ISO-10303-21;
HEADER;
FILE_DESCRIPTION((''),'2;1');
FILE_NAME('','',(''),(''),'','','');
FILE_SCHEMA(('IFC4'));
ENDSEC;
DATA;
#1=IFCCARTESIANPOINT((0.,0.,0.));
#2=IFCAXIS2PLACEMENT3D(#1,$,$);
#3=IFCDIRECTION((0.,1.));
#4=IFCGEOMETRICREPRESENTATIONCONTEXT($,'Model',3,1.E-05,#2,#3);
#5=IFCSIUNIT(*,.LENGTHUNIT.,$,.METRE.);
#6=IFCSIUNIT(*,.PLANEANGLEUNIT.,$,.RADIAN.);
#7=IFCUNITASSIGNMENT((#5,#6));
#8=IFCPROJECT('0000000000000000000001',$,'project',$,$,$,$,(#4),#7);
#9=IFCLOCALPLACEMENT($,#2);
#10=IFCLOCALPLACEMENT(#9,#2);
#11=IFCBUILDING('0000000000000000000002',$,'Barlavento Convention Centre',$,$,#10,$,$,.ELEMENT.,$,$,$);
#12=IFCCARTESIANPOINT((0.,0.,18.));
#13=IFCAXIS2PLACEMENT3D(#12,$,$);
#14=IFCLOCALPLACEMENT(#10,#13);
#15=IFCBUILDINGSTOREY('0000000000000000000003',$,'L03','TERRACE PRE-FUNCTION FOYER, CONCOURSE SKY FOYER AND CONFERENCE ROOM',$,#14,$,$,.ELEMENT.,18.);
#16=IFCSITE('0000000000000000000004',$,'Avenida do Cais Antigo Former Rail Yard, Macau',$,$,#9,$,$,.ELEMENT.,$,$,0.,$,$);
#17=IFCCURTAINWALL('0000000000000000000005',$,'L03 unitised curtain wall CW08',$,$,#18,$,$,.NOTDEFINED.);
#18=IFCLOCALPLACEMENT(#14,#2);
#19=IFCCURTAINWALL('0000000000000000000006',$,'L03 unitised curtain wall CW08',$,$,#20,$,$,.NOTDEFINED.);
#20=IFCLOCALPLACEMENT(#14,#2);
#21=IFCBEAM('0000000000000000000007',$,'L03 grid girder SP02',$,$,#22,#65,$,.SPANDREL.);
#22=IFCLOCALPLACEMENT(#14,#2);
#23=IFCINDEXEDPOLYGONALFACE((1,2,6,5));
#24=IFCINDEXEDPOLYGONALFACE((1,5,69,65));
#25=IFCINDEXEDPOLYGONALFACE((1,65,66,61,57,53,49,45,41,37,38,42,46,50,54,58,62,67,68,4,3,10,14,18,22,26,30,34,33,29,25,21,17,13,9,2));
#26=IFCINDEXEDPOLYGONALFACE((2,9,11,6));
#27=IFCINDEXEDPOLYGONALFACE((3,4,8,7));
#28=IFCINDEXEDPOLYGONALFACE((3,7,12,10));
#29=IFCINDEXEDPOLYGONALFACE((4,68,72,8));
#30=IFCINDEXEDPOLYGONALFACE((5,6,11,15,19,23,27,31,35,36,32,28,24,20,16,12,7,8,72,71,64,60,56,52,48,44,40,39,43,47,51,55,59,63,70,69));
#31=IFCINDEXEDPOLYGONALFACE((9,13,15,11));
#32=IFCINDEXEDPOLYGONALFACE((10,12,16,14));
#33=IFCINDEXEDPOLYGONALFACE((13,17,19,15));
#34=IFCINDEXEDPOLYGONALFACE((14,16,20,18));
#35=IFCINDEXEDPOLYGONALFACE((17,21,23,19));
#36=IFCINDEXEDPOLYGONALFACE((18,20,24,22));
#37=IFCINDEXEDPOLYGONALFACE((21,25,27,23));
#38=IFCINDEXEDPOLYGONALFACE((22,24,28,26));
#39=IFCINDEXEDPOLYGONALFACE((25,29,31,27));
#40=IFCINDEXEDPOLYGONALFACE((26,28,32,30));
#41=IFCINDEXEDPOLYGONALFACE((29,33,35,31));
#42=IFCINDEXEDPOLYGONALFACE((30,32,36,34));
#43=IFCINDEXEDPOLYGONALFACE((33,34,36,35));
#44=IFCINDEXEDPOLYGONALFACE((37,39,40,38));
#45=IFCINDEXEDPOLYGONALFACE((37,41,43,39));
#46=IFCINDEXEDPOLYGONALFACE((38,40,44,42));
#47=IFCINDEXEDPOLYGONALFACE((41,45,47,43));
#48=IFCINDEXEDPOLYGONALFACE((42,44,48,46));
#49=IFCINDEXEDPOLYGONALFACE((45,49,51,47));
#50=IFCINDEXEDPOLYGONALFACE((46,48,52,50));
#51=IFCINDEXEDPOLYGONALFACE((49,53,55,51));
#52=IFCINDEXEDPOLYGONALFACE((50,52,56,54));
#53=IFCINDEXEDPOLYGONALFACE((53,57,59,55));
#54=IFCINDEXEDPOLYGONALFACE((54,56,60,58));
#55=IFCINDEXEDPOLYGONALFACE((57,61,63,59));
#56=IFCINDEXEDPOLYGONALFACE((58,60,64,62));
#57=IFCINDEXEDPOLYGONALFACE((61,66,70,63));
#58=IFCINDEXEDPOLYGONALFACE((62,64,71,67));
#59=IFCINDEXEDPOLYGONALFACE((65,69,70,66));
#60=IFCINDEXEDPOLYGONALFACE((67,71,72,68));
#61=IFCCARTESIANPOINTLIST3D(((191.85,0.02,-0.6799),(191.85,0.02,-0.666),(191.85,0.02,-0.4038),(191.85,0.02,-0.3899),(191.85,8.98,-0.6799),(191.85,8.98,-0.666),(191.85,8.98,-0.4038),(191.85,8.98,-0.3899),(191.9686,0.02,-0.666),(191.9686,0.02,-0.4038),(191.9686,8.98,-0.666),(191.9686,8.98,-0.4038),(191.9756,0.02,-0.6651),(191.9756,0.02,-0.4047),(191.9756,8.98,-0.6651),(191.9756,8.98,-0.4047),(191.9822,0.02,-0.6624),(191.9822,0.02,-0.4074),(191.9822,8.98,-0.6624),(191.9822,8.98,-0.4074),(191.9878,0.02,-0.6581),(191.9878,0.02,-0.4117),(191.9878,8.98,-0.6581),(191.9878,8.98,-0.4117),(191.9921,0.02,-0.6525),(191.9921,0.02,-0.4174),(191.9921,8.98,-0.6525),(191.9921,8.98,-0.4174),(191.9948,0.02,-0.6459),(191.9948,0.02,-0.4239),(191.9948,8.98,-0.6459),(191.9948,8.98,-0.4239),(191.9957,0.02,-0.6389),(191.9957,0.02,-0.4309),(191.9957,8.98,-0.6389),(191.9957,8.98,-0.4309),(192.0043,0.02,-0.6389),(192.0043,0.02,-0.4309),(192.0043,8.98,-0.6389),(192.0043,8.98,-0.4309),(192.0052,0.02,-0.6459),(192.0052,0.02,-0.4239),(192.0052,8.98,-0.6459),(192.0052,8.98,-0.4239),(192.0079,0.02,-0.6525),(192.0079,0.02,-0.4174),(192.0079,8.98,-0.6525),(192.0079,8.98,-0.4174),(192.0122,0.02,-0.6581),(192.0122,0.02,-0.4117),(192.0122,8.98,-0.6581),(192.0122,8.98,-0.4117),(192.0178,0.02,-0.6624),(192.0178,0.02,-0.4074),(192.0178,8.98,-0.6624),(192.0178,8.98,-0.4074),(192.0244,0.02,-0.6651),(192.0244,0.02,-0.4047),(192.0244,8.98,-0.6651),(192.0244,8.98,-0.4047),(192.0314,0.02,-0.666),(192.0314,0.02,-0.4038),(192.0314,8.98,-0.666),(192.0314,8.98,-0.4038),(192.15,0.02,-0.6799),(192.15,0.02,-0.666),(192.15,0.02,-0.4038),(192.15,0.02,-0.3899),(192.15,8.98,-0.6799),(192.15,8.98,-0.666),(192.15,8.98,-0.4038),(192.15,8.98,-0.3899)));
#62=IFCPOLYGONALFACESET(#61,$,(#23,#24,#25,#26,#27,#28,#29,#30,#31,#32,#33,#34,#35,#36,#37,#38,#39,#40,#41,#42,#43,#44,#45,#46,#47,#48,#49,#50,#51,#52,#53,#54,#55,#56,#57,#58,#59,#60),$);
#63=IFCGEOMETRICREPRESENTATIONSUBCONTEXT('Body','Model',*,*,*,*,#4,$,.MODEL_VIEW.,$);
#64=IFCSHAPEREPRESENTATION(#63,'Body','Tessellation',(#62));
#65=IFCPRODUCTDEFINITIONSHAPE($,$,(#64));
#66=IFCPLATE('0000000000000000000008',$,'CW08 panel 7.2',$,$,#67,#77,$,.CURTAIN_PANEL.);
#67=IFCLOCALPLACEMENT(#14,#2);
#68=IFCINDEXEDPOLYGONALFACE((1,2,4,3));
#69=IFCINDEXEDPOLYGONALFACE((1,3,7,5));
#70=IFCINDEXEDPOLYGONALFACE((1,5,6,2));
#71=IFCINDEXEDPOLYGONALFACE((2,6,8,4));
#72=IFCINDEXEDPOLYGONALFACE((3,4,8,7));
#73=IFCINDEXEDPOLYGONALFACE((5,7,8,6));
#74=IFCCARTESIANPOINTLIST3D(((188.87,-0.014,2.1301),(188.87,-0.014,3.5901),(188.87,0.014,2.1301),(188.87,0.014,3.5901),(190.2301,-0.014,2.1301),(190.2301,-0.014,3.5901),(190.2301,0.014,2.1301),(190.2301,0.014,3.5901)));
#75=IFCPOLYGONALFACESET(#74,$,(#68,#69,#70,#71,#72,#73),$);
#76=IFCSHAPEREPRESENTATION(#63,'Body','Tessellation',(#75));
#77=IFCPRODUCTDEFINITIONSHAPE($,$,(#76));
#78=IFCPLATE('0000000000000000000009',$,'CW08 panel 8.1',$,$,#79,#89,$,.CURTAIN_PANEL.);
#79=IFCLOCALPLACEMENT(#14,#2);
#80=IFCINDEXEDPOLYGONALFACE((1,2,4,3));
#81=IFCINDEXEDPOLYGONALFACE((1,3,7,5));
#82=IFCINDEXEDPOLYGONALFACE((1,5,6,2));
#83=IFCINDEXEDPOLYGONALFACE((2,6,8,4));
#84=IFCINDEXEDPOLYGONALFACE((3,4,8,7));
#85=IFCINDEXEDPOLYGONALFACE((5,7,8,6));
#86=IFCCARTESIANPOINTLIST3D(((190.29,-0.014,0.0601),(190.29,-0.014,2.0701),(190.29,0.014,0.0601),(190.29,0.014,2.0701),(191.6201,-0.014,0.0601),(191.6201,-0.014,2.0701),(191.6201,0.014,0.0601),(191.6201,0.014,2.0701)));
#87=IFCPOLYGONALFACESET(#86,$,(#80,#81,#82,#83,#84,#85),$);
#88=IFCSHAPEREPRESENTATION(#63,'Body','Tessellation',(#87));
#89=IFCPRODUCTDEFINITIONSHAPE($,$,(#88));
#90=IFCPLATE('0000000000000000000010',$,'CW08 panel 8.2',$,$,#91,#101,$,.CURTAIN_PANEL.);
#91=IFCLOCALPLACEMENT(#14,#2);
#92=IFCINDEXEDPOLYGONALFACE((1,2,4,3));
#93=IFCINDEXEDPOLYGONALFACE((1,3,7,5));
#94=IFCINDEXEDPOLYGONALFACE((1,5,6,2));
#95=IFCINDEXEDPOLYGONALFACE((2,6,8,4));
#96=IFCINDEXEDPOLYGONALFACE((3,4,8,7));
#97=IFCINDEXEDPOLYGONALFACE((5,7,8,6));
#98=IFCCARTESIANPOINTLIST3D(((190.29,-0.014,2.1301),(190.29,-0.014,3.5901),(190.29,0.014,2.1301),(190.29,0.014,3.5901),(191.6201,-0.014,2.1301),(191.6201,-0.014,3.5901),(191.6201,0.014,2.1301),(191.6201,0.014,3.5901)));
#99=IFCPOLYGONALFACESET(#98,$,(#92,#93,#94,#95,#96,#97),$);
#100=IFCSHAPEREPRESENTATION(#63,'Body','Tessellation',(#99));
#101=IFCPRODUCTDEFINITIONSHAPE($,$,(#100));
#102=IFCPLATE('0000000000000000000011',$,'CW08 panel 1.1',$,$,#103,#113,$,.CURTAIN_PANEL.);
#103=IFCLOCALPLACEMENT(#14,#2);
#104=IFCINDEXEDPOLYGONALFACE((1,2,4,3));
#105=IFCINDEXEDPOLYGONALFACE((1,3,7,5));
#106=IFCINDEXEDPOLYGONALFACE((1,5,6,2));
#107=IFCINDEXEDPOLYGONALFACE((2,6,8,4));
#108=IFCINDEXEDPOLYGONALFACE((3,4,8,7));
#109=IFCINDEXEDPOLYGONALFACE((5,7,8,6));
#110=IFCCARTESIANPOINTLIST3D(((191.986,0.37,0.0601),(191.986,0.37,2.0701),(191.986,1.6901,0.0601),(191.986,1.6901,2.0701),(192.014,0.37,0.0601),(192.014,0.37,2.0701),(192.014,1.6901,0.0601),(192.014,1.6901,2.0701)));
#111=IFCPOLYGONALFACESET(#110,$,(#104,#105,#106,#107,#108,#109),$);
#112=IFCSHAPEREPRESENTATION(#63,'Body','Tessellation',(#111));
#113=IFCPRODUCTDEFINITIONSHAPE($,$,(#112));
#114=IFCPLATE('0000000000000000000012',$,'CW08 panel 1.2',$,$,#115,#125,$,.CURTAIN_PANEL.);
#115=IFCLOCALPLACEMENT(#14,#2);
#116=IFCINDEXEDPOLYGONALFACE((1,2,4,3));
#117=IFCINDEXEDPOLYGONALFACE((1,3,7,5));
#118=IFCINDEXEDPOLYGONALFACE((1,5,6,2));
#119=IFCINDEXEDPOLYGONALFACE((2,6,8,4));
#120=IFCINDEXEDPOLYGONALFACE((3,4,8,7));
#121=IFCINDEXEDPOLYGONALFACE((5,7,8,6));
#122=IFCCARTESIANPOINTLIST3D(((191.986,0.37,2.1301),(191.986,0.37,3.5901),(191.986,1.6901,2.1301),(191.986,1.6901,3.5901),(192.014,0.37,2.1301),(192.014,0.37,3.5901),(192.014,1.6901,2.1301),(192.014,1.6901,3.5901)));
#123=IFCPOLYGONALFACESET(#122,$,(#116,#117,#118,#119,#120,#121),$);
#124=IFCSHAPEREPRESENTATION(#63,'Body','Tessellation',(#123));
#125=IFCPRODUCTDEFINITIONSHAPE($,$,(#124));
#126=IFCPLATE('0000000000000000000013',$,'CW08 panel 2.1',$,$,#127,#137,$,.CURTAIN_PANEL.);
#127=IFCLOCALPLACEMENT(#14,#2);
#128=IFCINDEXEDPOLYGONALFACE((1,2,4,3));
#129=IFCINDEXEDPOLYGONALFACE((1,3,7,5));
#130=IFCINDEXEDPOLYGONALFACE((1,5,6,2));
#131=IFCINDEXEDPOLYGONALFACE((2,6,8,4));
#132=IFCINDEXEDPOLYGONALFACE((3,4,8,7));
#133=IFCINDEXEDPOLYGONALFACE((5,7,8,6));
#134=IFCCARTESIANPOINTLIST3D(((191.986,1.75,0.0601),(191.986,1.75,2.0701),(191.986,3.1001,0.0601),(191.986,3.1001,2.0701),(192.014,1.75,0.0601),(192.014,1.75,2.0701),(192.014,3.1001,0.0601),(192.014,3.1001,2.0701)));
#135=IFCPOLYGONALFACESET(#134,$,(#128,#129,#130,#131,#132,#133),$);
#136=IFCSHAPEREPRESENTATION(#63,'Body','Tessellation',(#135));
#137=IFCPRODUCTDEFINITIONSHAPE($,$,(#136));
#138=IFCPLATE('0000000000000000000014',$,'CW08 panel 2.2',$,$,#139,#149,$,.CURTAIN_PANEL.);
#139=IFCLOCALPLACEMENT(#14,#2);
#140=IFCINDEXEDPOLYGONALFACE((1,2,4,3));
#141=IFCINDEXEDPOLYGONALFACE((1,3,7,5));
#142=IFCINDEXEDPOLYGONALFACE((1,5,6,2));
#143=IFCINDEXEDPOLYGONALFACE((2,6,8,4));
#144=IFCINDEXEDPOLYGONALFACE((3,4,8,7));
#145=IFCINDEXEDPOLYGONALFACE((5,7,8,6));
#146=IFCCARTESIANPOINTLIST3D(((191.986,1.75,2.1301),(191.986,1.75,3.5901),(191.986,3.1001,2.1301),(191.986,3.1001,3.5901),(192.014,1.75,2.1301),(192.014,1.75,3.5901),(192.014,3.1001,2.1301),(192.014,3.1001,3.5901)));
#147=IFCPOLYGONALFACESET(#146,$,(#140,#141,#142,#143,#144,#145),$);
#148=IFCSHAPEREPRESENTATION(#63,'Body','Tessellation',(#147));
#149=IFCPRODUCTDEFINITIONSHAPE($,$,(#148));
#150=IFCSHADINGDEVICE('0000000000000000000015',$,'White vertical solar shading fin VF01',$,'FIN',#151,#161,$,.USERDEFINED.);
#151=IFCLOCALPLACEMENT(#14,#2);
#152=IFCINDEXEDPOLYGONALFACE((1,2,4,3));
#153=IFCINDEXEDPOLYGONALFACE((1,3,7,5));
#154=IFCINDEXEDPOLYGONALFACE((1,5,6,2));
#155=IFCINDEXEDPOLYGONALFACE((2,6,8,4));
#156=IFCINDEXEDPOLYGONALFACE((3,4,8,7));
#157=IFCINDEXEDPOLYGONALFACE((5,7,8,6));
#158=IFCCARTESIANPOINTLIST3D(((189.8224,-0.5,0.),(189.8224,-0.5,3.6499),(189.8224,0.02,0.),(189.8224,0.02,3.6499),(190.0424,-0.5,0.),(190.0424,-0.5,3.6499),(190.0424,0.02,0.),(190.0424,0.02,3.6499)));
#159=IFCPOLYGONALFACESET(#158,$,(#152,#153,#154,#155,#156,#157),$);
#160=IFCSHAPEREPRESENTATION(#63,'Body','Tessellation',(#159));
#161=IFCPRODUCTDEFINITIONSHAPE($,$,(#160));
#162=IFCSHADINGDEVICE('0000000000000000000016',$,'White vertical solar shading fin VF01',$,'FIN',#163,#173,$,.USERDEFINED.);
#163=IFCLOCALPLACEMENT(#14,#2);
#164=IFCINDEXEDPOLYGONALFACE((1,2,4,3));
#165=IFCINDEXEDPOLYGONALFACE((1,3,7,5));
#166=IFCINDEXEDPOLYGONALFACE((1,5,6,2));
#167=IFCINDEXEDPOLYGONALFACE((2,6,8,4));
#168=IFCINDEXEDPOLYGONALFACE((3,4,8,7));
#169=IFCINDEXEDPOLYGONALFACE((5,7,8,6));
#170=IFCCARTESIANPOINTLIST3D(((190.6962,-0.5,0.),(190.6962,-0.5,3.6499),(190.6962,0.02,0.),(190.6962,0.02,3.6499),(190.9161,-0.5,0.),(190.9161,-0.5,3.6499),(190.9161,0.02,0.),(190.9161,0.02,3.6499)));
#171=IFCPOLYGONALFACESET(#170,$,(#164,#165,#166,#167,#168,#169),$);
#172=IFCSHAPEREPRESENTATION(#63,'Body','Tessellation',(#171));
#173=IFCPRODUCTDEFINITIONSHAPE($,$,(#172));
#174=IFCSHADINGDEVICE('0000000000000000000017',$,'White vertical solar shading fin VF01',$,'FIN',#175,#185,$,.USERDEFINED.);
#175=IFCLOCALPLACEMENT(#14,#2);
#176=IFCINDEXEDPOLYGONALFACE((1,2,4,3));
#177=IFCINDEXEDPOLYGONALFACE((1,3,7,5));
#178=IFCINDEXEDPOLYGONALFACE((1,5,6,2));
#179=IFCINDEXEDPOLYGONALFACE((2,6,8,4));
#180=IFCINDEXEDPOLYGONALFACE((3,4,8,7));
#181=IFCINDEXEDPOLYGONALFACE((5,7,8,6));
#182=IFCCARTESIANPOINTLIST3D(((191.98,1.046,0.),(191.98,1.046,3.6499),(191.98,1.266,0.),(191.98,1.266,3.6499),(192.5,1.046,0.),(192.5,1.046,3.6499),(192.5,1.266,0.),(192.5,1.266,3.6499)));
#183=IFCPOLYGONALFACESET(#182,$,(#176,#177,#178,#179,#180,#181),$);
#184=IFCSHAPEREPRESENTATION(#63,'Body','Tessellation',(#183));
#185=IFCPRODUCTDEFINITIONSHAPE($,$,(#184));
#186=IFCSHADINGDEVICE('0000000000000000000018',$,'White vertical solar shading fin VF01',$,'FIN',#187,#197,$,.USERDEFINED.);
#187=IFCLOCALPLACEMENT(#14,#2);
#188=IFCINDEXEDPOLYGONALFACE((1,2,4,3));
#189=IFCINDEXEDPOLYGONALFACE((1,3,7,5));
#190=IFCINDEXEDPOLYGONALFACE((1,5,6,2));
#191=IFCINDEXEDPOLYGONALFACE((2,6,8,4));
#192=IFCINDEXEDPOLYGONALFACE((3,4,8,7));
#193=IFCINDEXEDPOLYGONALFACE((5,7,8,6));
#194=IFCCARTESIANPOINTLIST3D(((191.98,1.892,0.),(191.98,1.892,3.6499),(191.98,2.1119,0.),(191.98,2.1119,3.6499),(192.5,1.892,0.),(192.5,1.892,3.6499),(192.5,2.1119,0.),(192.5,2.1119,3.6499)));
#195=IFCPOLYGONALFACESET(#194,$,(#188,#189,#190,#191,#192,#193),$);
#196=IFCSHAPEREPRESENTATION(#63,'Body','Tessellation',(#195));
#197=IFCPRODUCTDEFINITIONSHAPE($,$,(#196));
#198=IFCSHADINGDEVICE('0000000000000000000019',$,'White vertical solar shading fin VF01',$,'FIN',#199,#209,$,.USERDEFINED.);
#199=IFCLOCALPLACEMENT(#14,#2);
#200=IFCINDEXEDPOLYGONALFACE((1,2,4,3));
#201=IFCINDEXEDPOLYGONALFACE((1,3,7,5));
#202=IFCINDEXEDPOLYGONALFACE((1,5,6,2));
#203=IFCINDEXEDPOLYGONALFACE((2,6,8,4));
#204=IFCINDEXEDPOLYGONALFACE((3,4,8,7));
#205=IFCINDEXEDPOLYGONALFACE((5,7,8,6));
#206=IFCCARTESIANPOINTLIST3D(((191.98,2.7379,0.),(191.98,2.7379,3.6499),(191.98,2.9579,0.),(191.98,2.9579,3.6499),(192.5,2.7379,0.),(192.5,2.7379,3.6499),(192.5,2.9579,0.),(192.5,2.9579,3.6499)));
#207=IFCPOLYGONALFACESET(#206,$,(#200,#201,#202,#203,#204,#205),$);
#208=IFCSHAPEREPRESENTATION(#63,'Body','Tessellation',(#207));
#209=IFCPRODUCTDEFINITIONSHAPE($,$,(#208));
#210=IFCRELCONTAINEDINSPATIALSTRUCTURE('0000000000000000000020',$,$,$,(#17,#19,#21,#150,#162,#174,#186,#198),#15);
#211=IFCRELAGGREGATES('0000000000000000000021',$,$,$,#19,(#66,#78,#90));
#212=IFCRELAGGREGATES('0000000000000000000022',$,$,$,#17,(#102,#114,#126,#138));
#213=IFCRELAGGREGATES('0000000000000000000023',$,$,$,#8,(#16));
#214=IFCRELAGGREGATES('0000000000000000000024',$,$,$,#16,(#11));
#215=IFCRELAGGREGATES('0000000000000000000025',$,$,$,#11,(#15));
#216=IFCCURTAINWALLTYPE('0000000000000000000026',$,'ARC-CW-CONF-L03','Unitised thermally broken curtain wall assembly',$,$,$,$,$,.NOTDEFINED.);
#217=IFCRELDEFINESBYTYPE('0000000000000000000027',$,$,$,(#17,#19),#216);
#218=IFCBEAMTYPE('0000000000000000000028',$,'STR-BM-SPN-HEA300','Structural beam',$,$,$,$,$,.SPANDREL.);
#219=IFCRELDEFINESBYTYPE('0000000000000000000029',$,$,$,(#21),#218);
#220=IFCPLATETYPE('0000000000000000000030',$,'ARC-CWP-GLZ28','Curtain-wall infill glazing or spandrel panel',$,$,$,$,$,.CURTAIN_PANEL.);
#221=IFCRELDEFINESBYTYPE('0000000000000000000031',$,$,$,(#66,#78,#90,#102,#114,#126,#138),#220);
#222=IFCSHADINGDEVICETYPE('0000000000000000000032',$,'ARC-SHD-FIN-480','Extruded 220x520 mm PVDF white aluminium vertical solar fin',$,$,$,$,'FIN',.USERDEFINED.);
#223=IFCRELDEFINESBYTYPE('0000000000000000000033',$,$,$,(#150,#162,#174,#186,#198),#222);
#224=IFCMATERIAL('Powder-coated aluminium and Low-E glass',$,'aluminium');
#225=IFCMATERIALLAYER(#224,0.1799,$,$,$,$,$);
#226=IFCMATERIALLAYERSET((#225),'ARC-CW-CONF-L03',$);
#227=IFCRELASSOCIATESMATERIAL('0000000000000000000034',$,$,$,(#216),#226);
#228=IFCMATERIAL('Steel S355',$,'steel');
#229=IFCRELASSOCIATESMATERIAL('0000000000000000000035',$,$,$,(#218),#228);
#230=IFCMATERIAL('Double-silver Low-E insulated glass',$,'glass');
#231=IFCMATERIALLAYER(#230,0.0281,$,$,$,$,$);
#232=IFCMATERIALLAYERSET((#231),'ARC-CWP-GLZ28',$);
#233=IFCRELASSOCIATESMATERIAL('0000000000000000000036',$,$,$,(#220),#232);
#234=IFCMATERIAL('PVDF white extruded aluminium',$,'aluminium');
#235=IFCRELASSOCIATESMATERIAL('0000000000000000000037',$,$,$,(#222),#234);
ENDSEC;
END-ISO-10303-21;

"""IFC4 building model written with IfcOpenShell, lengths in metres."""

from ifc_helpers import new_model, si_unit, direction, frame, origin, origin_2d, place, context, subcontext, project, spatial, rectangle, i_section, extrude, material, layer, layer_set, material_profile, profile_set, type_object, element, aggregate, save


model = new_model("IFC4")

# Units and contexts
model_context = context("Model", 3, precision=1e-05, world=origin(), true_north=direction((0.0, 1.0)))
body_context = subcontext(model_context, "Body", "Model", "MODEL_VIEW")
ifc_project = project(units=[si_unit("LENGTHUNIT", "METRE"), si_unit("PLANEANGLEUNIT", "RADIAN")], contexts=[model_context])

# Site, building, storey
site_placement = place(None, origin())
site = spatial("IfcSite", under=ifc_project, at=site_placement, Name="Avenida do Cais Antigo Former Rail Yard, Macau", CompositionType="ELEMENT", RefElevation=0.0)
building_placement = place(site_placement, origin())
building = spatial("IfcBuilding", under=site, at=building_placement, Name="Barlavento Convention Centre", CompositionType="ELEMENT")
storey_placement = place(building_placement, frame((0.0, 0.0, 18.0)))
storey = spatial("IfcBuildingStorey", under=building, at=storey_placement, Name="L03", Description="TERRACE PRE-FUNCTION FOYER, CONCOURSE SKY FOYER AND CONFERENCE ROOM", CompositionType="ELEMENT", Elevation=18.0)

# Shared definitions
ifc_material_1 = material(Name="Steel S355", Category="steel")

# Curtain walls
ifc_material_2 = material(Name="Powder-coated aluminium and Low-E glass", Category="aluminium")
ifc_layer_1 = layer(ifc_material_2, 0.1799)
ifc_layer_set_1 = layer_set([ifc_layer_1], Name="ARC-CW-CONF-L03")
curtain_wall_type = type_object("IfcCurtainWallType", Name="ARC-CW-CONF-L03", Description="Unitised thermally broken curtain wall assembly", PredefinedType="NOTDEFINED", material=ifc_layer_set_1)
curtain_wall_1_placement = place(storey_placement, origin())
curtain_wall_1 = element("IfcCurtainWall", 1, at=curtain_wall_1_placement, inside=storey, type_object=curtain_wall_type, Name="L03 unitised curtain wall CW08", PredefinedType="NOTDEFINED")
curtain_wall_2_placement = place(storey_placement, origin())
curtain_wall_2 = element("IfcCurtainWall", 2, at=curtain_wall_2_placement, inside=storey, type_object=curtain_wall_type, Name="L03 unitised curtain wall CW08", PredefinedType="NOTDEFINED")

# Beam
ifc_material_profile_1 = material_profile(ifc_material_1, i_section(OverallWidth=0.3, OverallDepth=0.29, WebThickness=0.0085, FlangeThickness=0.0139, FilletRadius=0.0271, at=origin_2d()), Name="HEA 300")
ifc_profile_set_1 = profile_set([ifc_material_profile_1], Name="Steel S355")
beam_type = type_object("IfcBeamType", Name="STR-BM-SPN-HEA300", Description="Structural beam", PredefinedType="SPANDREL", material=ifc_profile_set_1)
beam_placement = place(storey_placement, frame((192.0, 0.02, -0.5349), z_axis=(0.0, 1.0, 0.0), x_axis=(-1.0, 0.0, 0.0)))
element("IfcBeam", 3, at=beam_placement, inside=storey, type_object=beam_type, Name="L03 grid girder SP02", PredefinedType="SPANDREL", context=body_context, shape_type="SweptSolid", body=[
    extrude(i_section(OverallWidth=0.3, OverallDepth=0.29, WebThickness=0.0085, FlangeThickness=0.0139, FilletRadius=0.0271, at=origin_2d()), origin(), (0.0, 0.0, 1.0), 8.96),
])

# Plates
ifc_material_3 = material(Name="Double-silver Low-E insulated glass", Category="glass")
ifc_layer_2 = layer(ifc_material_3, 0.0281)
ifc_layer_set_2 = layer_set([ifc_layer_2], Name="ARC-CWP-GLZ28")
plate_type = type_object("IfcPlateType", Name="ARC-CWP-GLZ28", Description="Curtain-wall infill glazing or spandrel panel", PredefinedType="CURTAIN_PANEL", material=ifc_layer_set_2)
plate_1_placement = place(storey_placement, frame((189.55, 0.0, 2.1301), z_axis=(0.0, 0.0, 1.0), x_axis=(1.0, 0.0, 0.0)))
plate_1 = element("IfcPlate", 4, at=plate_1_placement, type_object=plate_type, Name="CW08 panel 7.2", PredefinedType="CURTAIN_PANEL", context=body_context, shape_type="SweptSolid", body=[
    extrude(rectangle(XDim=1.3601, YDim=0.0281, at=origin_2d()), origin(), (0.0, 0.0, 1.0), 1.46),
])
plate_2_placement = place(storey_placement, frame((190.9551, 0.0, 0.0601), z_axis=(0.0, 0.0, 1.0), x_axis=(1.0, 0.0, 0.0)))
plate_2 = element("IfcPlate", 5, at=plate_2_placement, type_object=plate_type, Name="CW08 panel 8.1", PredefinedType="CURTAIN_PANEL", context=body_context, shape_type="SweptSolid", body=[
    extrude(rectangle(XDim=1.3301, YDim=0.0281, at=origin_2d()), origin(), (0.0, 0.0, 1.0), 2.01),
])
plate_3_placement = place(storey_placement, frame((190.9551, 0.0, 2.1301), z_axis=(0.0, 0.0, 1.0), x_axis=(1.0, 0.0, 0.0)))
plate_3 = element("IfcPlate", 6, at=plate_3_placement, type_object=plate_type, Name="CW08 panel 8.2", PredefinedType="CURTAIN_PANEL", context=body_context, shape_type="SweptSolid", body=[
    extrude(rectangle(XDim=1.3301, YDim=0.0281, at=origin_2d()), origin(), (0.0, 0.0, 1.0), 1.46),
])
aggregate(curtain_wall_2, [plate_1, plate_2, plate_3])
plate_4_placement = place(storey_placement, frame((192.0, 1.03, 0.0601), z_axis=(0.0, 0.0, 1.0), x_axis=(0.0, 1.0, 0.0)))
plate_4 = element("IfcPlate", 7, at=plate_4_placement, type_object=plate_type, Name="CW08 panel 1.1", PredefinedType="CURTAIN_PANEL", context=body_context, shape_type="SweptSolid", body=[
    extrude(rectangle(XDim=1.3201, YDim=0.0281, at=origin_2d()), origin(), (0.0, 0.0, 1.0), 2.01),
])
plate_5_placement = place(storey_placement, frame((192.0, 1.03, 2.1301), z_axis=(0.0, 0.0, 1.0), x_axis=(0.0, 1.0, 0.0)))
plate_5 = element("IfcPlate", 8, at=plate_5_placement, type_object=plate_type, Name="CW08 panel 1.2", PredefinedType="CURTAIN_PANEL", context=body_context, shape_type="SweptSolid", body=[
    extrude(rectangle(XDim=1.3201, YDim=0.0281, at=origin_2d()), origin(), (0.0, 0.0, 1.0), 1.46),
])
plate_6_placement = place(storey_placement, frame((192.0, 2.425, 0.0601), z_axis=(0.0, 0.0, 1.0), x_axis=(0.0, 1.0, 0.0)))
plate_6 = element("IfcPlate", 9, at=plate_6_placement, type_object=plate_type, Name="CW08 panel 2.1", PredefinedType="CURTAIN_PANEL", context=body_context, shape_type="SweptSolid", body=[
    extrude(rectangle(XDim=1.3501, YDim=0.0281, at=origin_2d()), origin(), (0.0, 0.0, 1.0), 2.01),
])
plate_7_placement = place(storey_placement, frame((192.0, 2.425, 2.1301), z_axis=(0.0, 0.0, 1.0), x_axis=(0.0, 1.0, 0.0)))
plate_7 = element("IfcPlate", 10, at=plate_7_placement, type_object=plate_type, Name="CW08 panel 2.2", PredefinedType="CURTAIN_PANEL", context=body_context, shape_type="SweptSolid", body=[
    extrude(rectangle(XDim=1.3501, YDim=0.0281, at=origin_2d()), origin(), (0.0, 0.0, 1.0), 1.46),
])
aggregate(curtain_wall_1, [plate_4, plate_5, plate_6, plate_7])

# Shading devices
ifc_material_4 = material(Name="PVDF white extruded aluminium", Category="aluminium")
shading_device_type = type_object("IfcShadingDeviceType", Name="ARC-SHD-FIN-480", Description="Extruded 220x520 mm PVDF white aluminium vertical solar fin", ElementType="FIN", PredefinedType="USERDEFINED", material=ifc_material_4)
for number, where, z_axis, x_axis, name in (
    (11, (189.9324, -0.24, 0.0), (0.0, 0.0, 1.0), (1.0, 0.0, 0.0), "White vertical solar shading fin VF01"),
    (12, (190.8062, -0.24, 0.0), (0.0, 0.0, 1.0), (1.0, 0.0, 0.0), "White vertical solar shading fin VF01"),
    (13, (192.24, 1.156, 0.0), (0.0, 0.0, 1.0), (0.0, 1.0, 0.0), "White vertical solar shading fin VF01"),
    (14, (192.24, 2.002, 0.0), (0.0, 0.0, 1.0), (0.0, 1.0, 0.0), "White vertical solar shading fin VF01"),
    (15, (192.24, 2.8479, 0.0), (0.0, 0.0, 1.0), (0.0, 1.0, 0.0), "White vertical solar shading fin VF01"),
):
    element("IfcShadingDevice", number, at=place(storey_placement, frame(where, z_axis=z_axis, x_axis=x_axis)), inside=storey, type_object=shading_device_type, Name=name, ObjectType="FIN", PredefinedType="USERDEFINED", context=body_context, shape_type="SweptSolid", body=[
        extrude(rectangle(XDim=0.22, YDim=0.52, at=origin_2d()), origin(), (0.0, 0.0, 1.0), 3.6499),
    ])

save(model, "model.ifc")
